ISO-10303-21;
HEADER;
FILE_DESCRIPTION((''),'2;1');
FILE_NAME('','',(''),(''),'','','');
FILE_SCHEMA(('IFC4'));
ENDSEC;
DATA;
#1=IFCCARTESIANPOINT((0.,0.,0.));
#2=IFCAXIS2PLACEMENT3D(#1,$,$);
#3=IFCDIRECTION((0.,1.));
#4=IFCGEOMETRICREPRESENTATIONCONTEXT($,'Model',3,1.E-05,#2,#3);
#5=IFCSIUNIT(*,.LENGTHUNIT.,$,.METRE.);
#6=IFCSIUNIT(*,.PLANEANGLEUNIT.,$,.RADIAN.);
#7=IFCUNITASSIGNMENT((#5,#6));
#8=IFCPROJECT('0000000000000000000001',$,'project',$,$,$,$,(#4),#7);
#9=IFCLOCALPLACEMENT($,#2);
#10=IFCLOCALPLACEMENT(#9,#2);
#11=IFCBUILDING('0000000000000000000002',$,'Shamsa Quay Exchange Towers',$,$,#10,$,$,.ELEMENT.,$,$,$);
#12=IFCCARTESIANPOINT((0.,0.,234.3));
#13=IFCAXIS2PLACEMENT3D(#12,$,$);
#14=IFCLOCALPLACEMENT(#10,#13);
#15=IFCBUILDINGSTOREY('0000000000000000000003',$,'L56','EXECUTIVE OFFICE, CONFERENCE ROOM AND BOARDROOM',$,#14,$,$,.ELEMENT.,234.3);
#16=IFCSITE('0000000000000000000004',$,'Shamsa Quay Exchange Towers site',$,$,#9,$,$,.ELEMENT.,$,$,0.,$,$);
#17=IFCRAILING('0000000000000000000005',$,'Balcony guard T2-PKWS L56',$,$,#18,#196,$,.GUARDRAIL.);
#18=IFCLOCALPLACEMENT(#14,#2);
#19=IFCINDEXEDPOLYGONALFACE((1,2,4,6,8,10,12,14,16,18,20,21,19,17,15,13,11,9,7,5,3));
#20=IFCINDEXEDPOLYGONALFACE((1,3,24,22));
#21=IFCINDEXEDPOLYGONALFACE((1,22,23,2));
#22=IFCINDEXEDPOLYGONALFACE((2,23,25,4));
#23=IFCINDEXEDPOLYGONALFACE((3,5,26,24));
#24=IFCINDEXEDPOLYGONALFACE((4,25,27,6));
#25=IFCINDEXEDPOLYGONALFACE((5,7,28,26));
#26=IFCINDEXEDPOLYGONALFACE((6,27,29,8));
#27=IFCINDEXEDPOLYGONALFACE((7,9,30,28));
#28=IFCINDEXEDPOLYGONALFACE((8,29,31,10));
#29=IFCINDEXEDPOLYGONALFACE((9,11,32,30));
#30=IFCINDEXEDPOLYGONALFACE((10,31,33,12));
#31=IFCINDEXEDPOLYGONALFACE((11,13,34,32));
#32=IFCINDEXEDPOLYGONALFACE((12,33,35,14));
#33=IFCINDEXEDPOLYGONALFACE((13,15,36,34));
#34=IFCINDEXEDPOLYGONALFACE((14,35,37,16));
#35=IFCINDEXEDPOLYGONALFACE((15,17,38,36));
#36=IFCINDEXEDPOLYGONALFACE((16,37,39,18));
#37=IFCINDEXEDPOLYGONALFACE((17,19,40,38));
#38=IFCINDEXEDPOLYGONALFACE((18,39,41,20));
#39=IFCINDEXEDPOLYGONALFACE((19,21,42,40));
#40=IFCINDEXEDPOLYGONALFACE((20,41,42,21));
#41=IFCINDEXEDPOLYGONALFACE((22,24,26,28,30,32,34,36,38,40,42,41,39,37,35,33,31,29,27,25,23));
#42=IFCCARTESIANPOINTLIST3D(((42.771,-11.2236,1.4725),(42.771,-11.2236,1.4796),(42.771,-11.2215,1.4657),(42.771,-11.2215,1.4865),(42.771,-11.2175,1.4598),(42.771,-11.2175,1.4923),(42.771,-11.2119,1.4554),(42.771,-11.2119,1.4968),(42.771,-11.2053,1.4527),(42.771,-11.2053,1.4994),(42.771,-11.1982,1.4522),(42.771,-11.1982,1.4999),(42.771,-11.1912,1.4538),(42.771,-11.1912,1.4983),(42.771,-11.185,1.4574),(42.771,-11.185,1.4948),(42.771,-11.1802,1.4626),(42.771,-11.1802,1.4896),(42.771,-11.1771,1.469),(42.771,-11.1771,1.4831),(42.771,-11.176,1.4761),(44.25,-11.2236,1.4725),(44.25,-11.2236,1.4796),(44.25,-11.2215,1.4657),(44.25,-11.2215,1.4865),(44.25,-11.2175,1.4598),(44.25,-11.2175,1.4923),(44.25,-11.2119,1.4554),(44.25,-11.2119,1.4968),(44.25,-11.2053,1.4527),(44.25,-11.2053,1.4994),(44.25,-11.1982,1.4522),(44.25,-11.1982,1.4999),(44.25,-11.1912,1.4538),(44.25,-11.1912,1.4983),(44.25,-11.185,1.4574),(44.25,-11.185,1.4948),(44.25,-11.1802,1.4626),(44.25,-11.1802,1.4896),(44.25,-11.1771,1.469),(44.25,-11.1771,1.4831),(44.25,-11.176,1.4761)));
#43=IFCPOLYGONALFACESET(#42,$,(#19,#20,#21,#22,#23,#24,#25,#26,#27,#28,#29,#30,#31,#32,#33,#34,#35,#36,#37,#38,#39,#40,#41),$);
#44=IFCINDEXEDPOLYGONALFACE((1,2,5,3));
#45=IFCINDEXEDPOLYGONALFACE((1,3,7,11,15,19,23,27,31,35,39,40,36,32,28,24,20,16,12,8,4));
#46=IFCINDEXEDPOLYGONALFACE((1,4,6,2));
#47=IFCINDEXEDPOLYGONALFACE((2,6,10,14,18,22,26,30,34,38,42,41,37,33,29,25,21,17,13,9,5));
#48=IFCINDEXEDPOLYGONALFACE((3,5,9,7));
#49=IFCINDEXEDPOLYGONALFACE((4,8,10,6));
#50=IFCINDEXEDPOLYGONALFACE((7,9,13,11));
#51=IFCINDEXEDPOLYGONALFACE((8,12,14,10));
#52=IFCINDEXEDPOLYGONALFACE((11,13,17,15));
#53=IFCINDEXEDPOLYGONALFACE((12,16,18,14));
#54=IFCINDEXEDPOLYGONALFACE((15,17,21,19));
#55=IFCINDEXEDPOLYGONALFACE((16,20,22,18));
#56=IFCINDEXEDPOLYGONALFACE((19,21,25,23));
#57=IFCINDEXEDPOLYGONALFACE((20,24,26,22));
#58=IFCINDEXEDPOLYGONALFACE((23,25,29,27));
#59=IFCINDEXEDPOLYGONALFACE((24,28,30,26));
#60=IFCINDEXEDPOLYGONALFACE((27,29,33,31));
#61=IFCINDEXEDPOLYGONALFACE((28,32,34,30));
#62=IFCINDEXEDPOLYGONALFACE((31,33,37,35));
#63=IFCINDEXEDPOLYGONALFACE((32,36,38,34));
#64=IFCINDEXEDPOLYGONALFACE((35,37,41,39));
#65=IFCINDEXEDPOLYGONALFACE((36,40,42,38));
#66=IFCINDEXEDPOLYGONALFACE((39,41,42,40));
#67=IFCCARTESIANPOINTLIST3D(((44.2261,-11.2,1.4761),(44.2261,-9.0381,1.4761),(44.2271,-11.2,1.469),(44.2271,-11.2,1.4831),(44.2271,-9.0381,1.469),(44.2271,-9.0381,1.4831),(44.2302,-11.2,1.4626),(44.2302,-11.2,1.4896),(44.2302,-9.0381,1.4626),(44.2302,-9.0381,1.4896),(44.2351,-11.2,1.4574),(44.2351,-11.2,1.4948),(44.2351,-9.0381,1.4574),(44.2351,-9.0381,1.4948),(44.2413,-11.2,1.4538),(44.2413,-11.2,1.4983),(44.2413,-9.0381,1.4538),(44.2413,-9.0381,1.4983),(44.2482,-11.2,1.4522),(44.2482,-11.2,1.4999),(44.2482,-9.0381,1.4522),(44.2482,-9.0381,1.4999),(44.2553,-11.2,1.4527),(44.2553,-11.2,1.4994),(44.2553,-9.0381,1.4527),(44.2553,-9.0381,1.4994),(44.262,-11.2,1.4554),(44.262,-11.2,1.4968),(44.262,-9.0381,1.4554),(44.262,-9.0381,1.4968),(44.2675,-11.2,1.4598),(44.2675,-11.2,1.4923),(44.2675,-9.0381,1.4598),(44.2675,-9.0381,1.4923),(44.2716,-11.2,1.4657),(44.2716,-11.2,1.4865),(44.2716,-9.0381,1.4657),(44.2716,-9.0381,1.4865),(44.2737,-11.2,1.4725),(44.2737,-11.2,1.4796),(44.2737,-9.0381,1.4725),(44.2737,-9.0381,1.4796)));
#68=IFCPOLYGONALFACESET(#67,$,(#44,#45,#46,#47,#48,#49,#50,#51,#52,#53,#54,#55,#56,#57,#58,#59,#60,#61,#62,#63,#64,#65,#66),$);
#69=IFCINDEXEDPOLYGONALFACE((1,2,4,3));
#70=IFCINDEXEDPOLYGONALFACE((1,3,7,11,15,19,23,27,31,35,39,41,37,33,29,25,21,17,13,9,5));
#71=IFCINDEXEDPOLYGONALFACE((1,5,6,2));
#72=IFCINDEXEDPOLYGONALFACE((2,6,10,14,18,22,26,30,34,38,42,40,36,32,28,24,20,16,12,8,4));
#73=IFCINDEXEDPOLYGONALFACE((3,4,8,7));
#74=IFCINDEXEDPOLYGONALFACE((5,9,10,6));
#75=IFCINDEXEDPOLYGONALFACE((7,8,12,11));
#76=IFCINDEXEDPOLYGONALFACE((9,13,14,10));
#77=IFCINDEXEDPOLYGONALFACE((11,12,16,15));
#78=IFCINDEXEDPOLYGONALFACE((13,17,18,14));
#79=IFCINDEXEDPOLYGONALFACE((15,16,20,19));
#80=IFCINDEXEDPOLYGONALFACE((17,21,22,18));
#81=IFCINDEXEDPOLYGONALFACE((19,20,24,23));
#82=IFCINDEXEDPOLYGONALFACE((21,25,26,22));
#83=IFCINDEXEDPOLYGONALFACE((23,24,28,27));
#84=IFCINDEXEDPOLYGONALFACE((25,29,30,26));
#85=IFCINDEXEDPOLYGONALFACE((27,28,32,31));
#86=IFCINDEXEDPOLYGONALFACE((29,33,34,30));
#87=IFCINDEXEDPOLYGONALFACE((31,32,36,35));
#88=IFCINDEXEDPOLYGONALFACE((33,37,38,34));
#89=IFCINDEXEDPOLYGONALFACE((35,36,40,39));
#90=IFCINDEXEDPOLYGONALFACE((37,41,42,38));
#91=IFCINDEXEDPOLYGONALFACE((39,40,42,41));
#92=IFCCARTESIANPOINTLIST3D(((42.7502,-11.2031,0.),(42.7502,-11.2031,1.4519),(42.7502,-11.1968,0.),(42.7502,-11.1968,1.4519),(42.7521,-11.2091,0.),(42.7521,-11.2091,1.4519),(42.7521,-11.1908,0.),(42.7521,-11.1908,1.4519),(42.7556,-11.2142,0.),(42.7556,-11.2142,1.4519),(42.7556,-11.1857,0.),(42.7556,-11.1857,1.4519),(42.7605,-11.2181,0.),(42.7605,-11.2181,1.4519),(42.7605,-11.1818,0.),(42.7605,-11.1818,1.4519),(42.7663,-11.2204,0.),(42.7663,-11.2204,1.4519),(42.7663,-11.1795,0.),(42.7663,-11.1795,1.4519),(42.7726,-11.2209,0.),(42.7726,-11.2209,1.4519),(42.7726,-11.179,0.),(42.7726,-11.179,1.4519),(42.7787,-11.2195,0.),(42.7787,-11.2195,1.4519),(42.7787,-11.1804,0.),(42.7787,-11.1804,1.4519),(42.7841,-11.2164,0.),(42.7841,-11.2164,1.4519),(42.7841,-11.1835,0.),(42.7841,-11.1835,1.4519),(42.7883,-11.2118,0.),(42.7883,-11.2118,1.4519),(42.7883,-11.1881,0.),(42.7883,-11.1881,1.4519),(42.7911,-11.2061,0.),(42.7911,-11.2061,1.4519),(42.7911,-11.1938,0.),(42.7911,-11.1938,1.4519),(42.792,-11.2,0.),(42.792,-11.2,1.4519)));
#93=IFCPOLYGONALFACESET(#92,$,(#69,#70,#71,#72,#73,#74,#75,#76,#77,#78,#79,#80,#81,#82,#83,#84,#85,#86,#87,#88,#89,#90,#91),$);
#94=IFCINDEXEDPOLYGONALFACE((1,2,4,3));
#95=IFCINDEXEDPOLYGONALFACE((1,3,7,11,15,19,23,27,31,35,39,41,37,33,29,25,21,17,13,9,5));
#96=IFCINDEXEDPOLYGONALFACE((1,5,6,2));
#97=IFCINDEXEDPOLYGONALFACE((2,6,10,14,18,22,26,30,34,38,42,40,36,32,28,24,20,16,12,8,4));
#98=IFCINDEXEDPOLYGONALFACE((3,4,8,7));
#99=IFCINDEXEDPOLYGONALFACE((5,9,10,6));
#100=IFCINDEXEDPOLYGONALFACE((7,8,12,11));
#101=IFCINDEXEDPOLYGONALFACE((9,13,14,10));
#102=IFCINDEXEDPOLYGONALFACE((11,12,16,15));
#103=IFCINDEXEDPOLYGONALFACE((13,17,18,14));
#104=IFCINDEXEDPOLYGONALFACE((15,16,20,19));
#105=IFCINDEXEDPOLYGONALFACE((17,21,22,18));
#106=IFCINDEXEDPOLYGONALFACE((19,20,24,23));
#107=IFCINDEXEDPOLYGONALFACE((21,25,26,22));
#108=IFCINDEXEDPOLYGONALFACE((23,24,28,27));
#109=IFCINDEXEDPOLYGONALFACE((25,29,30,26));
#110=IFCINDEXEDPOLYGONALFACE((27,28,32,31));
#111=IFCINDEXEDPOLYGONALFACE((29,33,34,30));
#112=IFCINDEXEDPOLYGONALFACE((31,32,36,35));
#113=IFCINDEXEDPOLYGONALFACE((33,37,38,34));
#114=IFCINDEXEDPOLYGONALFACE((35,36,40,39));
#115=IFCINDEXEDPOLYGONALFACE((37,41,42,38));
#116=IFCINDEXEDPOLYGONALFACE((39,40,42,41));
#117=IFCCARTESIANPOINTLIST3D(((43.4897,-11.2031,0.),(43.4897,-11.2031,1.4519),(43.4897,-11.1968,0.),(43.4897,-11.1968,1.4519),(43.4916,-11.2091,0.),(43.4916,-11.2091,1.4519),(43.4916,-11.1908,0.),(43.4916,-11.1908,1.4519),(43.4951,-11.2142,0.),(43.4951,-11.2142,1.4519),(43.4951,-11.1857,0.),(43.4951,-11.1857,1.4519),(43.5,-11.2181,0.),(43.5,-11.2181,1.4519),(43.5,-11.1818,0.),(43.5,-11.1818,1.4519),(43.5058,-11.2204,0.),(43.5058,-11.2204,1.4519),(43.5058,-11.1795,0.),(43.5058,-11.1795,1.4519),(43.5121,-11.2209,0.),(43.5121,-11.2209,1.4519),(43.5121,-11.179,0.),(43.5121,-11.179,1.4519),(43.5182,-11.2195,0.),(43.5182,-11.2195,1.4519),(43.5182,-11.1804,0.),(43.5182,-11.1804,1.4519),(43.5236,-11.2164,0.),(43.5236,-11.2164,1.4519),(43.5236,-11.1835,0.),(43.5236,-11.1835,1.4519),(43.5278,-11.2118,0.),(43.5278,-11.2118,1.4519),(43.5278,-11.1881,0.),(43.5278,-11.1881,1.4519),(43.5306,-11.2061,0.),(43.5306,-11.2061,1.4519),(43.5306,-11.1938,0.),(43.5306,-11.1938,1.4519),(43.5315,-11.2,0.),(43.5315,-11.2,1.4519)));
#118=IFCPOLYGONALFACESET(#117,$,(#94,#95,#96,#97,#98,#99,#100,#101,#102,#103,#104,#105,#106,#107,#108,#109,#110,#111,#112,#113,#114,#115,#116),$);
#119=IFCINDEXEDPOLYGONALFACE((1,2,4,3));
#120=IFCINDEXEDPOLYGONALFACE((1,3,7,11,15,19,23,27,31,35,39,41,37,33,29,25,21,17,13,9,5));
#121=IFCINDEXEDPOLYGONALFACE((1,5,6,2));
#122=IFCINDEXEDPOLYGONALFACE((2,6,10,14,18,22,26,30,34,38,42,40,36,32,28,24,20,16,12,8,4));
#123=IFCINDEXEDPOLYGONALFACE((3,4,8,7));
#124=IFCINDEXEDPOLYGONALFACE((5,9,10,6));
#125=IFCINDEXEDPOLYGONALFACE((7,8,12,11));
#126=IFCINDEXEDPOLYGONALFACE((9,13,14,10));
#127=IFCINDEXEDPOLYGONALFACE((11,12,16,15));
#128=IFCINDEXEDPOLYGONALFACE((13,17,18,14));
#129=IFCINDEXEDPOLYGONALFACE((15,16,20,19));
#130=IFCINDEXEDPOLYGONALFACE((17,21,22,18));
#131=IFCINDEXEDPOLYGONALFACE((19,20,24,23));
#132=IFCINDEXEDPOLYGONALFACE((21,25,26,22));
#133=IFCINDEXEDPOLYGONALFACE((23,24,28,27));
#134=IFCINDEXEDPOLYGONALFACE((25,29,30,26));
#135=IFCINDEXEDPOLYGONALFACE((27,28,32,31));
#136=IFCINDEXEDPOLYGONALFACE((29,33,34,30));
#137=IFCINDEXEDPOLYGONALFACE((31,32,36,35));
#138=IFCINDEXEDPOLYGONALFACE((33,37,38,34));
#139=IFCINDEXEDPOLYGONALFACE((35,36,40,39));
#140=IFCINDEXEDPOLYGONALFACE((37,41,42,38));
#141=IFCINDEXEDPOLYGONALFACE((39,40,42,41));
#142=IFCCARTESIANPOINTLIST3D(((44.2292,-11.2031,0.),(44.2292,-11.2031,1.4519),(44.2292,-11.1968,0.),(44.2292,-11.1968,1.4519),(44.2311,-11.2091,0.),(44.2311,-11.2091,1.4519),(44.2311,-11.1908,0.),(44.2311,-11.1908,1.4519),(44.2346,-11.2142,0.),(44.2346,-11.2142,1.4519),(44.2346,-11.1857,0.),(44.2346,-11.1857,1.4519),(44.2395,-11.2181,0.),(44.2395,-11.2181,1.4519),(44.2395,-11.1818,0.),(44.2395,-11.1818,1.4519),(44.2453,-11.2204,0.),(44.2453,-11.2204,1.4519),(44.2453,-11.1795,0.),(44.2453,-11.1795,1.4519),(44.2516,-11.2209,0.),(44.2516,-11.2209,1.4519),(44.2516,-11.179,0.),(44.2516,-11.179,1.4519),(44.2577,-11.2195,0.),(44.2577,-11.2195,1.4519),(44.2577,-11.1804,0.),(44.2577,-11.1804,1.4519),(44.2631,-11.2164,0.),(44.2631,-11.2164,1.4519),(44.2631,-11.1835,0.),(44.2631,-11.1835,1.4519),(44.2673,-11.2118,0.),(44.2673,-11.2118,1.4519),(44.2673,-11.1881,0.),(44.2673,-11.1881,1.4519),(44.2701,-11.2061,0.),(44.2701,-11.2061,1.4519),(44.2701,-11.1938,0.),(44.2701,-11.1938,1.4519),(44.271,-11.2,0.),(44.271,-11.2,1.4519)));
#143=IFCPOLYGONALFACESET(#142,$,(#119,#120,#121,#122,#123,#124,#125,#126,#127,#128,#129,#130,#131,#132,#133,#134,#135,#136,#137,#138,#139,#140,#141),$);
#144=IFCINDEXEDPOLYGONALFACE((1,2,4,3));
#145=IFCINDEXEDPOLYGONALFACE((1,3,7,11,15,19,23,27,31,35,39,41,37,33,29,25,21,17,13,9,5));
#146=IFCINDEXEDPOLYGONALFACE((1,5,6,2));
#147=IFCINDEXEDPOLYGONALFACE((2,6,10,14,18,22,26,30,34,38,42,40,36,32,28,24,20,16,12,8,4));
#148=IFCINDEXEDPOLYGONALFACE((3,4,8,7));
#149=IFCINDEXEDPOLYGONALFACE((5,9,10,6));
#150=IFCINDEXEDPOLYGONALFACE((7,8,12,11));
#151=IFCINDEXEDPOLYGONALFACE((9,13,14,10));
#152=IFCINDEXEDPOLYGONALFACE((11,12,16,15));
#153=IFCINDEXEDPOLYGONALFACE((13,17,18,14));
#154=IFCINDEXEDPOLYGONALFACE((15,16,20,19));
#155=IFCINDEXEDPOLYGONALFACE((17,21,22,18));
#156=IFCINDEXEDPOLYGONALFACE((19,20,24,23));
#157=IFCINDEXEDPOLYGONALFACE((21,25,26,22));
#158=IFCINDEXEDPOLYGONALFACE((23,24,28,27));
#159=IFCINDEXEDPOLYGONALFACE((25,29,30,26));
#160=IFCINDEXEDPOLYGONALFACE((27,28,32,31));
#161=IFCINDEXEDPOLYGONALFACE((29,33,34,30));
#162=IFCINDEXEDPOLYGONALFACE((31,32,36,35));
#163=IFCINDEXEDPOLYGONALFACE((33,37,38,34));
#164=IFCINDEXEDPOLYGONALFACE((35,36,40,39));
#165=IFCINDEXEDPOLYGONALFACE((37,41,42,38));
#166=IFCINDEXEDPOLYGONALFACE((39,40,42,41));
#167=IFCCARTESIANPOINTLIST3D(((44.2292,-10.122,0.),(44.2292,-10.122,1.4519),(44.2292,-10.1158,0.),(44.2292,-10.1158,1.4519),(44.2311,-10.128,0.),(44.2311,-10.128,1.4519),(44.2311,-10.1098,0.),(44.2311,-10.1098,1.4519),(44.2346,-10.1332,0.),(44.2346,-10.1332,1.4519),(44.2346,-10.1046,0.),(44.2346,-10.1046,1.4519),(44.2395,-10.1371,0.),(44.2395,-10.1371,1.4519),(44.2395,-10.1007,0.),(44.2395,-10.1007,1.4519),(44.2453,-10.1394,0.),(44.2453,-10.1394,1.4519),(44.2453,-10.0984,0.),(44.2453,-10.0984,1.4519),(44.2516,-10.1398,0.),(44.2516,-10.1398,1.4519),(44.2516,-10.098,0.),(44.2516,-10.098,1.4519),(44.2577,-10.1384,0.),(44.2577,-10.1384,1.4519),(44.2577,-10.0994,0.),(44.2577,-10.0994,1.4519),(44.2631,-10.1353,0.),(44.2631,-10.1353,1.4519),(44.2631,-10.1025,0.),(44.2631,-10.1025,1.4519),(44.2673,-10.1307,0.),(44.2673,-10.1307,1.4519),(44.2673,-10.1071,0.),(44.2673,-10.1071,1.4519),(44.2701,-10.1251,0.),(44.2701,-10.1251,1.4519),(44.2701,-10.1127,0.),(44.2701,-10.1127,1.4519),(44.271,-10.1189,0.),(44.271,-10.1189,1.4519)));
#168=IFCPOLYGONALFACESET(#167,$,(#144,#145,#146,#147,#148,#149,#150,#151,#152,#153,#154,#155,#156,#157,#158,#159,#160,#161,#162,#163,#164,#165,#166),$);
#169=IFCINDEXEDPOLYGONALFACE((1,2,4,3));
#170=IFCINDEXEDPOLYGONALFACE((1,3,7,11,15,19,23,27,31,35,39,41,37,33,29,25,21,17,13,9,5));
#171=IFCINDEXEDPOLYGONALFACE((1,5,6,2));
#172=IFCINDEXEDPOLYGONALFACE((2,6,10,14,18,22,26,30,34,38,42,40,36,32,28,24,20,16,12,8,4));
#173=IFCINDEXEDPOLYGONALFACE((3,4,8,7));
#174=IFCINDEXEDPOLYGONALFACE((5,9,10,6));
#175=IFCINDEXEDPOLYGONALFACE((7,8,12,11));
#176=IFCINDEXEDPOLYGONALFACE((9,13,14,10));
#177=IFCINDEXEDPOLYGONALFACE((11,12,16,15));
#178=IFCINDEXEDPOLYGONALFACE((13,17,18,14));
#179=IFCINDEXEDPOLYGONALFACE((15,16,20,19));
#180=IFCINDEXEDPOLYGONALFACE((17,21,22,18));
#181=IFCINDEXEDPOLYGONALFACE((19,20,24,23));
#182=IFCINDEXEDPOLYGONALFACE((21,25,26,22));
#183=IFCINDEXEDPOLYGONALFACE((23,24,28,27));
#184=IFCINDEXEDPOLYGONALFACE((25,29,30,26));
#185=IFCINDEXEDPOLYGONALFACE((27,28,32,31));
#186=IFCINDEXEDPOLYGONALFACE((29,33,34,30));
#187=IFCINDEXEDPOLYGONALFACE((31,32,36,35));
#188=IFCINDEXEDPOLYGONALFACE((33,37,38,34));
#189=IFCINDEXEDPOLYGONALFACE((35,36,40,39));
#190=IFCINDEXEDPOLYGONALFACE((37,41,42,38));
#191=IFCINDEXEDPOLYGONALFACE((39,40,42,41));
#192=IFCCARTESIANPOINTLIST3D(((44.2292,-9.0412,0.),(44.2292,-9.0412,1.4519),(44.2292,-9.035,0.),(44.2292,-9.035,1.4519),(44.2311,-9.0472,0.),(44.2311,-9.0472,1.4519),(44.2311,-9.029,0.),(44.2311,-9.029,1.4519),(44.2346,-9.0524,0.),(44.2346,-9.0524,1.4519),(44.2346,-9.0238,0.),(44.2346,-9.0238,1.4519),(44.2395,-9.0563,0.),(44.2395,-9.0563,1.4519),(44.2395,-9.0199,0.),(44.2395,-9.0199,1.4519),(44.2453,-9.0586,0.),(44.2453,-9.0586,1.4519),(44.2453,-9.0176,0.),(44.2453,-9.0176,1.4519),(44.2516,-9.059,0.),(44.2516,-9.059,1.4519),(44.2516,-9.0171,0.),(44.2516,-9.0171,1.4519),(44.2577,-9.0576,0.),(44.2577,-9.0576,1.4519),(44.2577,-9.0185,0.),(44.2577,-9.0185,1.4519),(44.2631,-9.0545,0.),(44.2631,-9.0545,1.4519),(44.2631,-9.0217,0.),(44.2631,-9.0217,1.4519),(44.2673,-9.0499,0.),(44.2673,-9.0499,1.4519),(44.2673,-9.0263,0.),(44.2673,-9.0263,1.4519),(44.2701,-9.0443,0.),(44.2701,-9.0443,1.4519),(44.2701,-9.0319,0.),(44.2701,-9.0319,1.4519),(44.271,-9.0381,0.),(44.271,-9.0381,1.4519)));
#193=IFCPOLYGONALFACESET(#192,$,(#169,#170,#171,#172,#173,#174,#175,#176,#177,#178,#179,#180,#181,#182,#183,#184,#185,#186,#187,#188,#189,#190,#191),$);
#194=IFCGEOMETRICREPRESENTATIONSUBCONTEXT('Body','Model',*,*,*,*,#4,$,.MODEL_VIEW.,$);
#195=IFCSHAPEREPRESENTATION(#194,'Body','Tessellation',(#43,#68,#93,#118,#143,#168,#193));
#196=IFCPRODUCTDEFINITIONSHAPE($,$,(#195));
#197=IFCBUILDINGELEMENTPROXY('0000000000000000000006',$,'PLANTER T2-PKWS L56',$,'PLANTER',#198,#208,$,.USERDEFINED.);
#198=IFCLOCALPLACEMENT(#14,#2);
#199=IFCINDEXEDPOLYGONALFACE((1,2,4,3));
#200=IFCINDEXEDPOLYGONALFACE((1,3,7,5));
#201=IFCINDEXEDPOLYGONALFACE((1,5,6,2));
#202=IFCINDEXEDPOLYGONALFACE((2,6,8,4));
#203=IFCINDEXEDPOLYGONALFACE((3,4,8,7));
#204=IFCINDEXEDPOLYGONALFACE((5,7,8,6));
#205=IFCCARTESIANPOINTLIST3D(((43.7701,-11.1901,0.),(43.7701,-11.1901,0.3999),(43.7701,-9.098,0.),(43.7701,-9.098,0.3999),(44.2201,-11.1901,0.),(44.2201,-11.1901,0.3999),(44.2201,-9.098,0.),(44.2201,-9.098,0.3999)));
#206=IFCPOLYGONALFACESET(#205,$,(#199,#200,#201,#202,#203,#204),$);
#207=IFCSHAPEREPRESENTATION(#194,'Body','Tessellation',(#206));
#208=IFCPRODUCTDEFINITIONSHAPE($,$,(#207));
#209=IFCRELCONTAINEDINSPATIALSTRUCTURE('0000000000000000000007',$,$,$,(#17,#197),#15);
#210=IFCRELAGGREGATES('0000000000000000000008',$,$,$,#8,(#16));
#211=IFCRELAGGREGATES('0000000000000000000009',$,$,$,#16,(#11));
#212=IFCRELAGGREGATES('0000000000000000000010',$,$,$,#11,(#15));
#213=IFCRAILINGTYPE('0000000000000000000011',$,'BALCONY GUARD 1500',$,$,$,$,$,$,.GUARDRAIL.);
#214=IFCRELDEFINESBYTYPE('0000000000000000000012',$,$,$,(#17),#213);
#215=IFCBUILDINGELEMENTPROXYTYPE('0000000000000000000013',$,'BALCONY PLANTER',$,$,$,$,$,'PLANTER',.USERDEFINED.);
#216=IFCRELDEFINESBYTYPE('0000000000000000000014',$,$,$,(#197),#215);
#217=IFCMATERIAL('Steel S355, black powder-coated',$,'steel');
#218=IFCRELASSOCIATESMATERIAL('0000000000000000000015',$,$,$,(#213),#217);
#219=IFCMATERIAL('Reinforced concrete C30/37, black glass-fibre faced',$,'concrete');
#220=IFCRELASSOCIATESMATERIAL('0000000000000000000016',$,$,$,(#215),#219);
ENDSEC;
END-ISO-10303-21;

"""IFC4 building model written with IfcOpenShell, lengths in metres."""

from ifc_helpers import new_model, si_unit, direction, frame, origin, origin_2d, place, context, subcontext, project, spatial, rectangle, circle, extrude, material, type_object, element, save


model = new_model("IFC4")

# Units and contexts
model_context = context("Model", 3, precision=1e-05, world=origin(), true_north=direction((0.0, 1.0)))
body_context = subcontext(model_context, "Body", "Model", "MODEL_VIEW")
ifc_project = project(units=[si_unit("LENGTHUNIT", "METRE"), si_unit("PLANEANGLEUNIT", "RADIAN")], contexts=[model_context])

# Site, building, storey
site_placement = place(None, origin())
site = spatial("IfcSite", under=ifc_project, at=site_placement, Name="Shamsa Quay Exchange Towers site", CompositionType="ELEMENT", RefElevation=0.0)
building_placement = place(site_placement, origin())
building = spatial("IfcBuilding", under=site, at=building_placement, Name="Shamsa Quay Exchange Towers", CompositionType="ELEMENT")
storey_placement = place(building_placement, frame((0.0, 0.0, 234.3)))
storey = spatial("IfcBuildingStorey", under=building, at=storey_placement, Name="L56", Description="EXECUTIVE OFFICE, CONFERENCE ROOM AND BOARDROOM", CompositionType="ELEMENT", Elevation=234.3)

# Railing
ifc_material_1 = material(Name="Steel S355, black powder-coated", Category="steel")
railing_type = type_object("IfcRailingType", Name="BALCONY GUARD 1500", PredefinedType="GUARDRAIL", material=ifc_material_1)
railing_placement = place(storey_placement, frame((42.771, -11.2, 0.0)))
element("IfcRailing", 1, at=railing_placement, inside=storey, type_object=railing_type, Name="Balcony guard T2-PKWS L56", PredefinedType="GUARDRAIL", context=body_context, shape_type="SweptSolid", body=[
    extrude(circle(Radius=0.0239, at=origin_2d()), frame((0.0, 0.0, 1.4761), z_axis=(1.0, 0.0, 0.0), x_axis=(0.0, 1.0, 0.0)), (0.0, 0.0, 1.0), 1.479),
    extrude(circle(Radius=0.0239, at=origin_2d()), frame((1.479, 0.0, 1.4761), z_axis=(0.0, 1.0, 0.0), x_axis=(-1.0, 0.0, 0.0)), (0.0, 0.0, 1.0), 2.1619),
    extrude(circle(Radius=0.021, at=origin_2d()), origin(), (0.0, 0.0, 1.0), 1.4519),
    extrude(circle(Radius=0.021, at=origin_2d()), frame((0.7395, 0.0, 0.0)), (0.0, 0.0, 1.0), 1.4519),
    extrude(circle(Radius=0.021, at=origin_2d()), frame((1.479, 0.0, 0.0)), (0.0, 0.0, 1.0), 1.4519),
    extrude(circle(Radius=0.021, at=origin_2d()), frame((1.479, 1.0811, 0.0)), (0.0, 0.0, 1.0), 1.4519),
    extrude(circle(Radius=0.021, at=origin_2d()), frame((1.479, 2.1619, 0.0)), (0.0, 0.0, 1.0), 1.4519),
])

# Building element proxy
ifc_material_2 = material(Name="Reinforced concrete C30/37, black glass-fibre faced", Category="concrete")
building_element_proxy_type = type_object("IfcBuildingElementProxyType", Name="BALCONY PLANTER", ElementType="PLANTER", PredefinedType="USERDEFINED", material=ifc_material_2)
proxy_placement = place(storey_placement, frame((43.9951, -10.144, 0.0), z_axis=(0.0, 0.0, 1.0), x_axis=(0.0, 1.0, 0.0)))
element("IfcBuildingElementProxy", 2, at=proxy_placement, inside=storey, type_object=building_element_proxy_type, Name="PLANTER T2-PKWS L56", ObjectType="PLANTER", PredefinedType="USERDEFINED", context=body_context, shape_type="SweptSolid", body=[
    extrude(rectangle(XDim=2.092, YDim=0.45, at=origin_2d()), origin(), (0.0, 0.0, 1.0), 0.3999),
])

save(model, "model.ifc")
